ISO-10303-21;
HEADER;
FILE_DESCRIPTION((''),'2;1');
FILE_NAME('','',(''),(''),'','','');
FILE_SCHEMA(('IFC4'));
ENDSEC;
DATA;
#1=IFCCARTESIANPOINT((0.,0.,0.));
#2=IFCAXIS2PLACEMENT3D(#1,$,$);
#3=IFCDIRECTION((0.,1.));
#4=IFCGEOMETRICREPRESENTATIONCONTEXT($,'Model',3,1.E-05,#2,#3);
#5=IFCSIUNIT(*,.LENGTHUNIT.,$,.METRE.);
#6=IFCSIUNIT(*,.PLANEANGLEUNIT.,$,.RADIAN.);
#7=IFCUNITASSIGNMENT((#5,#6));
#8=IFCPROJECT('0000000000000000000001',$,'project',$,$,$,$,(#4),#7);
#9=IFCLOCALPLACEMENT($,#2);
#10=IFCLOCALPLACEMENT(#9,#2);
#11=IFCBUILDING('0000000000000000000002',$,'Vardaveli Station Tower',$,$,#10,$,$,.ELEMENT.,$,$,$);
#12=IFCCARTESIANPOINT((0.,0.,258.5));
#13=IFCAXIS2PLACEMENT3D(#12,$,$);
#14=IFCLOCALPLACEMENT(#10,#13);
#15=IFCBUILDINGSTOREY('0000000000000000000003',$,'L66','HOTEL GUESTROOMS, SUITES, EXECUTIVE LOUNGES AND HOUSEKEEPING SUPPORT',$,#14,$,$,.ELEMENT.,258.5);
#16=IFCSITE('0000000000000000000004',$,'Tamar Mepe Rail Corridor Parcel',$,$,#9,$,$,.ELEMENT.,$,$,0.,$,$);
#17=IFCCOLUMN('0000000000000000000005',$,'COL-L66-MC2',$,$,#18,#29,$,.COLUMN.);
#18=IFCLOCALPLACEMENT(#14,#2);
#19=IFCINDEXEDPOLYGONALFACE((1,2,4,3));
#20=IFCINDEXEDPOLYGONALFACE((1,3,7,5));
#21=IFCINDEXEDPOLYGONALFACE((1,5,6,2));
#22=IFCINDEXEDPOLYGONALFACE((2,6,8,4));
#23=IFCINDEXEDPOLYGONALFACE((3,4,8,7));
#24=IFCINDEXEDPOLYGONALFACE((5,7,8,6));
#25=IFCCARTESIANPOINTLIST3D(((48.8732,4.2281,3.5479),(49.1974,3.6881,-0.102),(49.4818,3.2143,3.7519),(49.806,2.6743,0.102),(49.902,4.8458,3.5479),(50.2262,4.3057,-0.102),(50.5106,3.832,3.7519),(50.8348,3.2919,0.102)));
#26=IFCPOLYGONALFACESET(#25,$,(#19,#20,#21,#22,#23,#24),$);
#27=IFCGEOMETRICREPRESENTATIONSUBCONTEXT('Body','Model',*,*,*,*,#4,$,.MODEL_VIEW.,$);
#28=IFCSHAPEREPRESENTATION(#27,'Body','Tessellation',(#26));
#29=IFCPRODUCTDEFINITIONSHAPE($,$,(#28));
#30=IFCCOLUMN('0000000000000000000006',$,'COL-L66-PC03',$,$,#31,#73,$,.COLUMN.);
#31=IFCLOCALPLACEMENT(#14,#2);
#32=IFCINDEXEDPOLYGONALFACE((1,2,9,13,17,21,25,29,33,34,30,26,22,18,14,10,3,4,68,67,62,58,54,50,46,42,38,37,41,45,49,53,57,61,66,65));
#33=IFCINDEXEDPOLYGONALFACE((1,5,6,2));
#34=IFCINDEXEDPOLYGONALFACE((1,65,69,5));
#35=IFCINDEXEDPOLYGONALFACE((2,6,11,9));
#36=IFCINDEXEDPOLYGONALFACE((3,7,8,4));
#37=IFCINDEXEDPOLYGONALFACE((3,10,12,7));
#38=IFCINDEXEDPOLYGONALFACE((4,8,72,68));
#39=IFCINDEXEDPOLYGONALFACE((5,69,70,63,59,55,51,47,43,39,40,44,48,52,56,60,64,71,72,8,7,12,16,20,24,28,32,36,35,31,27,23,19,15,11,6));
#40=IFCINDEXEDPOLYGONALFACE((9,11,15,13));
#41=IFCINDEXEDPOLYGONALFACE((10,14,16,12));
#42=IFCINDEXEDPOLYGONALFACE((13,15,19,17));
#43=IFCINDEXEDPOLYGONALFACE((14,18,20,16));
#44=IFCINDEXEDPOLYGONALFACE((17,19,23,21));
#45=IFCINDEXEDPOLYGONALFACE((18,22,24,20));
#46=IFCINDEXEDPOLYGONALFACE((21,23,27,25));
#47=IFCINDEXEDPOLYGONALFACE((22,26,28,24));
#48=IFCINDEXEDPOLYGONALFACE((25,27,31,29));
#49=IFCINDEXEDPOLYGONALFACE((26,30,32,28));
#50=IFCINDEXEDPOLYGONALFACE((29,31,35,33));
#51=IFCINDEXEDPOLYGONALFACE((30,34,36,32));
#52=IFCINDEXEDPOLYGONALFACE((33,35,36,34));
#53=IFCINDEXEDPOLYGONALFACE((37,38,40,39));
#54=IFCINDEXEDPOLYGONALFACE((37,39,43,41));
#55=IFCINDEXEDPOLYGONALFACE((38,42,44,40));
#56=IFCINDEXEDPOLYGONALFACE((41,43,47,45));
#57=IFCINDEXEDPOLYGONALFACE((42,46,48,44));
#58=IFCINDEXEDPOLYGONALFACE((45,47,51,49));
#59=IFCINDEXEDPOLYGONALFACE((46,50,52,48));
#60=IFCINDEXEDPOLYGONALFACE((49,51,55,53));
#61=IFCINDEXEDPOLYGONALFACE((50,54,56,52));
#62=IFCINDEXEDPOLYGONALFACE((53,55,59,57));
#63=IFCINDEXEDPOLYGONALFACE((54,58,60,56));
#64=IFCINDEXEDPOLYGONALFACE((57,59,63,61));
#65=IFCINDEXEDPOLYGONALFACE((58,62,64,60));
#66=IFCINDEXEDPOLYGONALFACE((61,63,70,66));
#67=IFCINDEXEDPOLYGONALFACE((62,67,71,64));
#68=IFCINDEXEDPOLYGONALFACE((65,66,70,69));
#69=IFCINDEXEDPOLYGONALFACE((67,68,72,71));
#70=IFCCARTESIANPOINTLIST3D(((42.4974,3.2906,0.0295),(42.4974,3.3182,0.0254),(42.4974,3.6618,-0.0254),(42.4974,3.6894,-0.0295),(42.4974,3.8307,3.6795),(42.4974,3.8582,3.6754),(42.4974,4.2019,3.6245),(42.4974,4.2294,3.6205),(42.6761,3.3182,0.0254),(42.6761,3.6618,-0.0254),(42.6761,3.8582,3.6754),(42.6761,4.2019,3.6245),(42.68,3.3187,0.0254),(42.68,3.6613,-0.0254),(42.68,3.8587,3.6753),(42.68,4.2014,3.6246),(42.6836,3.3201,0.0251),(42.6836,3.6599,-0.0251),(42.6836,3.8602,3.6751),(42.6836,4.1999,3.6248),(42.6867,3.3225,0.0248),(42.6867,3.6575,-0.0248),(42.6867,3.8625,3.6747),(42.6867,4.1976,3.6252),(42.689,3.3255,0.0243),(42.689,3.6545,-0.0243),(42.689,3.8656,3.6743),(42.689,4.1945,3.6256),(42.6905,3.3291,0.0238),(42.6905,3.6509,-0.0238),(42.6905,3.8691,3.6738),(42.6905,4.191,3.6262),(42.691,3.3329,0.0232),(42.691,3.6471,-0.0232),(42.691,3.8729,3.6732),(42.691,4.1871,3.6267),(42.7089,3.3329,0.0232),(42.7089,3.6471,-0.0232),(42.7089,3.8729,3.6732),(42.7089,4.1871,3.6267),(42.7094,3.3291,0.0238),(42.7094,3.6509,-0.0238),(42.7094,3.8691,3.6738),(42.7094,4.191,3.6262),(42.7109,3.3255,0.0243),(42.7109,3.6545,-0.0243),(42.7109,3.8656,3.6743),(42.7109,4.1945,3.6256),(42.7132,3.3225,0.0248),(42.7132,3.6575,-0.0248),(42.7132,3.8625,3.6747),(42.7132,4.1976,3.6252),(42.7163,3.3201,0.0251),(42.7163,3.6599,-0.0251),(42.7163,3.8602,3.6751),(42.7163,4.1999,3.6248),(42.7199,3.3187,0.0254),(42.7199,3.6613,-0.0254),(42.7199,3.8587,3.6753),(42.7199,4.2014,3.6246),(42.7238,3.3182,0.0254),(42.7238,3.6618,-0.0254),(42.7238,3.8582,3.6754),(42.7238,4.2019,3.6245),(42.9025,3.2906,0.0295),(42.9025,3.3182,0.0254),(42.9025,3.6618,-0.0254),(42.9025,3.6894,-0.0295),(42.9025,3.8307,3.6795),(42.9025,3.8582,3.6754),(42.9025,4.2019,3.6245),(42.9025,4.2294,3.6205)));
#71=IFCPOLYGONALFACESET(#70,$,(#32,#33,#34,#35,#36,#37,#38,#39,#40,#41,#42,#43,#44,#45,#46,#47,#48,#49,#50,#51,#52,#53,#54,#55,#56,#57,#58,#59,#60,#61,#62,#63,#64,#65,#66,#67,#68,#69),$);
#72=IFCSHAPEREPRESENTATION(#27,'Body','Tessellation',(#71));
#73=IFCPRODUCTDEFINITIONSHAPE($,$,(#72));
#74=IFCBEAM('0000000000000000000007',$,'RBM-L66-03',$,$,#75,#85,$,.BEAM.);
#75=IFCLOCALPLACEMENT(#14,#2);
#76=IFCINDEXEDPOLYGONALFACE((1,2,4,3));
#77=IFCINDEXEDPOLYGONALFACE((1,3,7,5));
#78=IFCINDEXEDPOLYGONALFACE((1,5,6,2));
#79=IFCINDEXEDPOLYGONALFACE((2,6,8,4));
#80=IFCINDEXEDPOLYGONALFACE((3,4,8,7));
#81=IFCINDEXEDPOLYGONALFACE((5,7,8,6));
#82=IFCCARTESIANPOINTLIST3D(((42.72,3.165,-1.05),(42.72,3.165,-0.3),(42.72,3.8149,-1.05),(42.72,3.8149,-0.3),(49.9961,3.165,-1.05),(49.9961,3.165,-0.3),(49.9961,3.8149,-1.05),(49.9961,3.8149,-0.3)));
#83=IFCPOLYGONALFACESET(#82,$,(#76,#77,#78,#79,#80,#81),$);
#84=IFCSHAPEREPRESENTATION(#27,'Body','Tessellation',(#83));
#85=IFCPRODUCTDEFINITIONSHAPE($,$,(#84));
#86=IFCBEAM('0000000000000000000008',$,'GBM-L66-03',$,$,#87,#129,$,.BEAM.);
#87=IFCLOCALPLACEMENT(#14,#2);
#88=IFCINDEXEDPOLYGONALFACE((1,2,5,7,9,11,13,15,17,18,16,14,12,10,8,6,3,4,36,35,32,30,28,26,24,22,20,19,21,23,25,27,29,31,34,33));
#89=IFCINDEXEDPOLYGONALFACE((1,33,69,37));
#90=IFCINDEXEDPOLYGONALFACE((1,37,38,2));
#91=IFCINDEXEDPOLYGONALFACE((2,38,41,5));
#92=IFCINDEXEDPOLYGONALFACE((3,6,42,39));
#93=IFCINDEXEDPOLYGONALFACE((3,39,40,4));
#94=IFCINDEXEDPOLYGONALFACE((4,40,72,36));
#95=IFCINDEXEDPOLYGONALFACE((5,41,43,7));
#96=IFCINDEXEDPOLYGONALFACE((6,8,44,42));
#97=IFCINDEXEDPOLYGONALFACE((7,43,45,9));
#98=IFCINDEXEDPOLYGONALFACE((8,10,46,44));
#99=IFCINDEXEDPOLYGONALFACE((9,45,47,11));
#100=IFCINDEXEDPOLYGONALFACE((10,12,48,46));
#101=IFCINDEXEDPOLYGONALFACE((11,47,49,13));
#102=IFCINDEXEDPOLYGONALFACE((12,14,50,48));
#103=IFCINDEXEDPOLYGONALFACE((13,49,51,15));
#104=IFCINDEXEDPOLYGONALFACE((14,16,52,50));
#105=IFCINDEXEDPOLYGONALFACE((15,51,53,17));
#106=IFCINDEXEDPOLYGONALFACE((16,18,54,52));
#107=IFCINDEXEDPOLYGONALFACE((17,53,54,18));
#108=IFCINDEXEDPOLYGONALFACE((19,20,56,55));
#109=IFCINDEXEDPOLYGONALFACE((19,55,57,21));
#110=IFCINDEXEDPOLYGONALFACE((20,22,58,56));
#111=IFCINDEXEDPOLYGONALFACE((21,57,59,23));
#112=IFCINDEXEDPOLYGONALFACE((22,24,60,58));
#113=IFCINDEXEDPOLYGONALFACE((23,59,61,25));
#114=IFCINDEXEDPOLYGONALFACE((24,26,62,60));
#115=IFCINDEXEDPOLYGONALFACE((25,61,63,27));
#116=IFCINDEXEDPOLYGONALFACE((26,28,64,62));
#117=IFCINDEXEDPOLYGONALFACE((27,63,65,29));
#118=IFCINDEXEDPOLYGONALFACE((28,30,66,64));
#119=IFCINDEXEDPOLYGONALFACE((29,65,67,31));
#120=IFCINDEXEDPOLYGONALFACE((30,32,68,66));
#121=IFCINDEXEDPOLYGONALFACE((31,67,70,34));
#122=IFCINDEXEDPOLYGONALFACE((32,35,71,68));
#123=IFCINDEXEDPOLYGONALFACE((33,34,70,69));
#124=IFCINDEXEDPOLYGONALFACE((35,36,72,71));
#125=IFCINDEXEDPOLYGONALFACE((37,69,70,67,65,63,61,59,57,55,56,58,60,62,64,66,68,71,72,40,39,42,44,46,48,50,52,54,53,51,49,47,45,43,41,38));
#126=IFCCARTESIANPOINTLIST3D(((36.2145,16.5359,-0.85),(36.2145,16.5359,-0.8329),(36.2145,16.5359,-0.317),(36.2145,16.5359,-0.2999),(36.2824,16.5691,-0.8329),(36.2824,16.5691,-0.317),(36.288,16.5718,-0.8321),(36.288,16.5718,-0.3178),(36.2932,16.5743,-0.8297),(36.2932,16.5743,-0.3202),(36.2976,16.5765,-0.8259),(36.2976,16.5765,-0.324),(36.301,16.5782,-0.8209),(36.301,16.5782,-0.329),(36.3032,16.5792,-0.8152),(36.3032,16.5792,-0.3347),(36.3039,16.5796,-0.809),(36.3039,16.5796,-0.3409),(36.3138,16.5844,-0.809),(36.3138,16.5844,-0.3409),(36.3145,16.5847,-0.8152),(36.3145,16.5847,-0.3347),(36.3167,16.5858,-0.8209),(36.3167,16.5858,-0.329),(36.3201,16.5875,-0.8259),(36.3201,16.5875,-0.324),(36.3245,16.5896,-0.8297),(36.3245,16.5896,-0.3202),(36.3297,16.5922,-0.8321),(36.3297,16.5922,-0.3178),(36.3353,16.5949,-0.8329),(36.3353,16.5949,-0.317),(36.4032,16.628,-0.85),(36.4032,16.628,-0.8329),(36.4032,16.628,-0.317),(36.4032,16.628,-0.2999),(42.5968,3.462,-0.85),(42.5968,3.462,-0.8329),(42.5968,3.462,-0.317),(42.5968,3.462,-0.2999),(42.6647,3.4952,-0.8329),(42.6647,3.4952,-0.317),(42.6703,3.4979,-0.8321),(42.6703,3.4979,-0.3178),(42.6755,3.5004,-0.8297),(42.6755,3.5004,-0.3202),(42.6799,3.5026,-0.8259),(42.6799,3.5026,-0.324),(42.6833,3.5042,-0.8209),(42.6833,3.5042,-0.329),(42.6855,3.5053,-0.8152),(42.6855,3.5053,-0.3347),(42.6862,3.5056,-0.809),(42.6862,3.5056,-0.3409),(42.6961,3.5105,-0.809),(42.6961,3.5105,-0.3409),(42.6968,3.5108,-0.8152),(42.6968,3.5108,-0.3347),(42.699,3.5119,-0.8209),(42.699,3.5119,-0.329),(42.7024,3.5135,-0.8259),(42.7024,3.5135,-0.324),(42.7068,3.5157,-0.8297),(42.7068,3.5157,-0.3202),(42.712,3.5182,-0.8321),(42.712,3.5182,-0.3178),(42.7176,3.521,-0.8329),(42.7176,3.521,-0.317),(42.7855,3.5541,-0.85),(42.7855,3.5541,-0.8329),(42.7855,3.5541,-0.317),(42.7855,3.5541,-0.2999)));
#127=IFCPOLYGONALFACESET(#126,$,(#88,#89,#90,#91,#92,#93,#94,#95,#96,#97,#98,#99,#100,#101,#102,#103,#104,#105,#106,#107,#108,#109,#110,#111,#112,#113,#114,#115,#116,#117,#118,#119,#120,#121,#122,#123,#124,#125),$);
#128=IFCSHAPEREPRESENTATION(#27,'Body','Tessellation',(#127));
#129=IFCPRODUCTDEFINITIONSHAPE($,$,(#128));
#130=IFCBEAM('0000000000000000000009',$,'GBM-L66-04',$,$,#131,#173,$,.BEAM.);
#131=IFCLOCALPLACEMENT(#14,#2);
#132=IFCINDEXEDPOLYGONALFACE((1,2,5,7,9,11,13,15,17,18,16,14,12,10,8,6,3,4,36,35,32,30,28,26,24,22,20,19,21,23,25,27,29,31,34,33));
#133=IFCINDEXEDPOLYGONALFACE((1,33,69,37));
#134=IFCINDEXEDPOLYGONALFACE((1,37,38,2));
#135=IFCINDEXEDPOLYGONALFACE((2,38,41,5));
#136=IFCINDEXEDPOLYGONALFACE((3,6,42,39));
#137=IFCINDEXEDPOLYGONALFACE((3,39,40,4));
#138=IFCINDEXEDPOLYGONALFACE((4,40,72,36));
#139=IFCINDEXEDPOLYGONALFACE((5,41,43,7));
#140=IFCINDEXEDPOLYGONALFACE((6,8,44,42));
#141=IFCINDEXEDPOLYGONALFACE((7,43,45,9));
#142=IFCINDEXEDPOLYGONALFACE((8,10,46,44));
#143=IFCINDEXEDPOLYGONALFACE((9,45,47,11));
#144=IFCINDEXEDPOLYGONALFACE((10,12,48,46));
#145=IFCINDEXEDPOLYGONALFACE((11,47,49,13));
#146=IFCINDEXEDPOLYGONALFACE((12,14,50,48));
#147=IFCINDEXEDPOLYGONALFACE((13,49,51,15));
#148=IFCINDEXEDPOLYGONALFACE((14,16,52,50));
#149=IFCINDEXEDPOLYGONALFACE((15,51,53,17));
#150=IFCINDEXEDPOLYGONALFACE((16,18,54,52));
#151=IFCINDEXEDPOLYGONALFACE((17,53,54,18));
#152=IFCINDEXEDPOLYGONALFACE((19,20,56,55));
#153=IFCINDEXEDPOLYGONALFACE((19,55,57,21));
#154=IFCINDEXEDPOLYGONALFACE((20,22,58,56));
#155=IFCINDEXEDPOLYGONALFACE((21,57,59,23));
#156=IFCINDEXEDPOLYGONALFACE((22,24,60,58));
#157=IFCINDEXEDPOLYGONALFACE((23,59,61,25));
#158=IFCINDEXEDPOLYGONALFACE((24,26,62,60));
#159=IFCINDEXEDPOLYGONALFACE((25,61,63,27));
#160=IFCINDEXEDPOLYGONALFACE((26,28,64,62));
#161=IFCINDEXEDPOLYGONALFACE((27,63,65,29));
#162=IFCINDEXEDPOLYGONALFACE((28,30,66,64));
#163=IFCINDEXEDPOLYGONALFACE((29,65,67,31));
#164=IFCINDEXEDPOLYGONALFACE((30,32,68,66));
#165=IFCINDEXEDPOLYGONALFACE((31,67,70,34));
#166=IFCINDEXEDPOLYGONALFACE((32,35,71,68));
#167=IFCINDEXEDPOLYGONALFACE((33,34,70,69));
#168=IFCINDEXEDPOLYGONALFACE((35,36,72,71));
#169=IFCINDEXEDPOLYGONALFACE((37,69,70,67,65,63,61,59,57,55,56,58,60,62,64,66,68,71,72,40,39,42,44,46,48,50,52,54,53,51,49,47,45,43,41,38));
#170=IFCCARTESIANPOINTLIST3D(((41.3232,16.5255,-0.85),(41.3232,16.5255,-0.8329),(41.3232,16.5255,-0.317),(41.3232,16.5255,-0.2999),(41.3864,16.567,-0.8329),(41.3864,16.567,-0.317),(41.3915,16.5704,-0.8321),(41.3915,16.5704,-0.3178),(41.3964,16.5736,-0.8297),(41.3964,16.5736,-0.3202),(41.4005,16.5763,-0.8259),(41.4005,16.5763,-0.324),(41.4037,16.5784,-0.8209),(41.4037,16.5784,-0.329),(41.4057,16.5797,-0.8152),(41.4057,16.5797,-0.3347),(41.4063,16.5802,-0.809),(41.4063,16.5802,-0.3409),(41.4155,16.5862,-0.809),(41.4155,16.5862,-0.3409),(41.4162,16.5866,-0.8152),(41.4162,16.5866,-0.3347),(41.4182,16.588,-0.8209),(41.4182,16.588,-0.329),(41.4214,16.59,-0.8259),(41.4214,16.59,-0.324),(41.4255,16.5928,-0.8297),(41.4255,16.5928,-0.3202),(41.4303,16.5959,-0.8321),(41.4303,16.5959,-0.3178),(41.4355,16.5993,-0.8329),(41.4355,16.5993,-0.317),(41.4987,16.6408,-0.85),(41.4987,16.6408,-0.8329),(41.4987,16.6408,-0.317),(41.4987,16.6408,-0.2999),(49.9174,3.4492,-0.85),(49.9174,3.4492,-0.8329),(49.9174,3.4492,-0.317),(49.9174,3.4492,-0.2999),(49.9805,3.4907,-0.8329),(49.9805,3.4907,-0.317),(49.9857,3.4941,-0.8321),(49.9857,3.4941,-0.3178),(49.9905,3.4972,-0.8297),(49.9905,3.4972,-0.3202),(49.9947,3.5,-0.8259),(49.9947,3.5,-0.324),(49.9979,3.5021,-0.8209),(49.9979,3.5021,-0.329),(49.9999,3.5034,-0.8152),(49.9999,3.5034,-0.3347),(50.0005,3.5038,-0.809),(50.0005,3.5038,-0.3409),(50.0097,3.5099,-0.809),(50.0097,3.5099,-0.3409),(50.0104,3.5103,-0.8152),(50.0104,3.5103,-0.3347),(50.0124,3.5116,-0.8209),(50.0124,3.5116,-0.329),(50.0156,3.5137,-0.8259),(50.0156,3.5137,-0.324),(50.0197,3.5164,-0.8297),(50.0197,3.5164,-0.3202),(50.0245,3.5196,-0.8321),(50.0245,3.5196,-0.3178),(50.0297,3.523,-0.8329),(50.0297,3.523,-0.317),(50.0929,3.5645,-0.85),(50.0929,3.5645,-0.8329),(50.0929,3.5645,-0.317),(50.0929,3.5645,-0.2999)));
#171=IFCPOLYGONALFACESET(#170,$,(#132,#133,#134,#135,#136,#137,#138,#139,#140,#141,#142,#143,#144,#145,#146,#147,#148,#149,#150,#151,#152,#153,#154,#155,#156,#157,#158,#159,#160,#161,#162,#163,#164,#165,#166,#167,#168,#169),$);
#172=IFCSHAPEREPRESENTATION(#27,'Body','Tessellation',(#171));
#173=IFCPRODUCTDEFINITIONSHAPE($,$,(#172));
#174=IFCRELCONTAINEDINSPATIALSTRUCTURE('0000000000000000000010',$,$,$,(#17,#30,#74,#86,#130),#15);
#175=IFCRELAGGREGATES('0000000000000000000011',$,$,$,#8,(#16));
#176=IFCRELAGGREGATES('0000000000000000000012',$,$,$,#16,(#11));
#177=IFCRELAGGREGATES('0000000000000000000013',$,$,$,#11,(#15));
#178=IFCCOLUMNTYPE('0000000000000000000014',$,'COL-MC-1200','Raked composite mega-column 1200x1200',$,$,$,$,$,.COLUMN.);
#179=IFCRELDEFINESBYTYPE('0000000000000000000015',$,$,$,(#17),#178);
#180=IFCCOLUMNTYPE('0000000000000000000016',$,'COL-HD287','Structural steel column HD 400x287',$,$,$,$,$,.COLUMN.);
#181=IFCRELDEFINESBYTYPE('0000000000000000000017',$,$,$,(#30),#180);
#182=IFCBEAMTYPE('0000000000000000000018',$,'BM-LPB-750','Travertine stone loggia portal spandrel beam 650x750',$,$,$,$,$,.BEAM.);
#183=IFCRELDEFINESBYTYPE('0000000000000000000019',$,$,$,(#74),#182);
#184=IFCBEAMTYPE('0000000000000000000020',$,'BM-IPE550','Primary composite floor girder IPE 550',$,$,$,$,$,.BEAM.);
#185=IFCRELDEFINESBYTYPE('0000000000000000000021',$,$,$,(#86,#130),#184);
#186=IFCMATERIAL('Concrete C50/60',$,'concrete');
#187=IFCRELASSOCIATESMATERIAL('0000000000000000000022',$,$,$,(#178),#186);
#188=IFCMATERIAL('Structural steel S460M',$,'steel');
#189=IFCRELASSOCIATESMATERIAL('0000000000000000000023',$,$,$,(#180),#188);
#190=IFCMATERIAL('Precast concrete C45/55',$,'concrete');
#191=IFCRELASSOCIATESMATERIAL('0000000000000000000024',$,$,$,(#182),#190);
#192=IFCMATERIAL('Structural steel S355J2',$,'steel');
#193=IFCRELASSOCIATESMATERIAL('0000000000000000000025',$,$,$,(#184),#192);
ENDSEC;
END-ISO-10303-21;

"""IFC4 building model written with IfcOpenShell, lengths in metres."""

from ifc_helpers import new_model, si_unit, direction, frame, origin, origin_2d, place, context, subcontext, project, spatial, rectangle, i_section, extrude, source, transform, mapped, material, material_profile, profile_set, type_object, element, save


model = new_model("IFC4")

# Units and contexts
model_context = context("Model", 3, precision=1e-05, world=origin(), true_north=direction((0.0, 1.0)))
body_context = subcontext(model_context, "Body", "Model", "MODEL_VIEW")
ifc_project = project(units=[si_unit("LENGTHUNIT", "METRE"), si_unit("PLANEANGLEUNIT", "RADIAN")], contexts=[model_context])

# Site, building, storey
site_placement = place(None, origin())
site = spatial("IfcSite", under=ifc_project, at=site_placement, Name="Tamar Mepe Rail Corridor Parcel", CompositionType="ELEMENT", RefElevation=0.0)
building_placement = place(site_placement, origin())
building = spatial("IfcBuilding", under=site, at=building_placement, Name="Vardaveli Station Tower", CompositionType="ELEMENT")
storey_placement = place(building_placement, frame((0.0, 0.0, 258.5)))
storey = spatial("IfcBuildingStorey", under=building, at=storey_placement, Name="L66", Description="HOTEL GUESTROOMS, SUITES, EXECUTIVE LOUNGES AND HOUSEKEEPING SUPPORT", CompositionType="ELEMENT", Elevation=258.5)

# Columns
ifc_material_1 = material(Name="Concrete C50/60", Category="concrete")
ifc_material_profile_1 = material_profile(ifc_material_1, rectangle(XDim=1.2, YDim=1.2, at=origin_2d()), Name="MC 1200x1200")
ifc_profile_set_1 = profile_set([ifc_material_profile_1], Name="Concrete C50/60")
column_type_1 = type_object("IfcColumnType", Name="COL-MC-1200", Description="Raked composite mega-column 1200x1200", PredefinedType="COLUMN", material=ifc_profile_set_1)
shared_shape_1 = source(origin(), body_context, "Body", "SweptSolid", [
    extrude(rectangle(XDim=1.2, YDim=1.2, at=origin_2d()), origin(), (0.0, 0.0, 1.0), 3.7039),
])
column_1_placement = place(storey_placement, frame((50.0161, 3.49, 0.0), z_axis=(-0.087535, 0.145805, 0.985433), x_axis=(-0.857356, -0.514724, 0.0)))
element("IfcColumn", 1, at=column_1_placement, inside=storey, type_object=column_type_1, Name="COL-L66-MC2", PredefinedType="COLUMN", context=body_context, shape_type="MappedRepresentation", body=[
    mapped(shared_shape_1, transform((0.0, 0.0, 0.0), scale=1.0)),
])
ifc_material_2 = material(Name="Structural steel S460M", Category="steel")
ifc_material_profile_2 = material_profile(ifc_material_2, i_section(OverallWidth=0.405, OverallDepth=0.4031, WebThickness=0.0178, FlangeThickness=0.0278, FilletRadius=0.0149, at=origin_2d()), Name="HD 400x287")
ifc_profile_set_2 = profile_set([ifc_material_profile_2], Name="Structural steel S460M")
column_type_2 = type_object("IfcColumnType", Name="COL-HD287", Description="Structural steel column HD 400x287", PredefinedType="COLUMN", material=ifc_profile_set_2)
shared_shape_2 = source(origin(), body_context, "Body", "SweptSolid", [
    extrude(i_section(OverallWidth=0.405, OverallDepth=0.4031, WebThickness=0.0178, FlangeThickness=0.0278, FilletRadius=0.0149, at=origin_2d()), origin(), (0.0, 0.0, 1.0), 3.6897),
])
column_2_placement = place(storey_placement, frame((42.7, 3.49, 0.0), z_axis=(0.0, 0.146366, 0.98923), x_axis=(-1.0, 0.0, 0.0)))
element("IfcColumn", 2, at=column_2_placement, inside=storey, type_object=column_type_2, Name="COL-L66-PC03", PredefinedType="COLUMN", context=body_context, shape_type="MappedRepresentation", body=[
    mapped(shared_shape_2, transform((0.0, 0.0, 0.0), scale=1.0)),
])

# Beams
ifc_material_3 = material(Name="Precast concrete C45/55", Category="concrete")
ifc_material_profile_3 = material_profile(ifc_material_3, rectangle(XDim=0.6499, YDim=0.75, at=origin_2d()), Name="LPB 650x750")
ifc_profile_set_3 = profile_set([ifc_material_profile_3], Name="Precast concrete C45/55")
beam_type_1 = type_object("IfcBeamType", Name="BM-LPB-750", Description="Travertine stone loggia portal spandrel beam 650x750", PredefinedType="BEAM", material=ifc_profile_set_3)
shared_shape_3 = source(origin(), body_context, "Body", "SweptSolid", [
    extrude(rectangle(XDim=0.6499, YDim=0.75, at=origin_2d()), origin(), (0.0, 0.0, 1.0), 7.2761),
])
beam_1_placement = place(storey_placement, frame((42.72, 3.49, -0.675), z_axis=(1.0, 0.0, 0.0), x_axis=(0.0, 1.0, 0.0)))
element("IfcBeam", 3, at=beam_1_placement, inside=storey, type_object=beam_type_1, Name="RBM-L66-03", PredefinedType="BEAM", context=body_context, shape_type="MappedRepresentation", body=[
    mapped(shared_shape_3, transform((0.0, 0.0, 0.0), scale=1.0)),
])
ifc_material_4 = material(Name="Structural steel S355J2", Category="steel")
ifc_material_profile_4 = material_profile(ifc_material_4, i_section(OverallWidth=0.21, OverallDepth=0.55, WebThickness=0.011, FlangeThickness=0.0171, FilletRadius=0.0239, at=origin_2d()), Name="IPE 550")
ifc_profile_set_4 = profile_set([ifc_material_profile_4], Name="Structural steel S355J2")
beam_type_2 = type_object("IfcBeamType", Name="BM-IPE550", Description="Primary composite floor girder IPE 550", PredefinedType="BEAM", material=ifc_profile_set_4)
shared_shape_4 = source(origin(), body_context, "Body", "SweptSolid", [
    extrude(i_section(OverallWidth=0.21, OverallDepth=0.55, WebThickness=0.011, FlangeThickness=0.0171, FilletRadius=0.0239, at=origin_2d()), origin(), (0.0, 0.0, 1.0), 14.5486),
])
beam_2_placement = place(storey_placement, frame((42.6912, 3.5081, -0.575), z_axis=(-0.438689, 0.898639, 0.0), x_axis=(-0.898639, -0.438689, 0.0)))
element("IfcBeam", 4, at=beam_2_placement, inside=storey, type_object=beam_type_2, Name="GBM-L66-03", PredefinedType="BEAM", context=body_context, shape_type="MappedRepresentation", body=[
    mapped(shared_shape_4, transform((0.0, 0.0, 0.0), scale=1.0)),
])
shared_shape_5 = source(origin(), body_context, "Body", "SweptSolid", [
    extrude(i_section(OverallWidth=0.21, OverallDepth=0.55, WebThickness=0.011, FlangeThickness=0.0171, FilletRadius=0.0239, at=origin_2d()), origin(), (0.0, 0.0, 1.0), 15.6477),
])
beam_3_placement = place(storey_placement, frame((50.0051, 3.5068, -0.575), z_axis=(-0.54923, 0.835671, 0.0), x_axis=(-0.835671, -0.54923, 0.0)))
element("IfcBeam", 5, at=beam_3_placement, inside=storey, type_object=beam_type_2, Name="GBM-L66-04", PredefinedType="BEAM", context=body_context, shape_type="MappedRepresentation", body=[
    mapped(shared_shape_5, transform((0.0, 0.0, 0.0), scale=1.0)),
])

save(model, "model.ifc")
